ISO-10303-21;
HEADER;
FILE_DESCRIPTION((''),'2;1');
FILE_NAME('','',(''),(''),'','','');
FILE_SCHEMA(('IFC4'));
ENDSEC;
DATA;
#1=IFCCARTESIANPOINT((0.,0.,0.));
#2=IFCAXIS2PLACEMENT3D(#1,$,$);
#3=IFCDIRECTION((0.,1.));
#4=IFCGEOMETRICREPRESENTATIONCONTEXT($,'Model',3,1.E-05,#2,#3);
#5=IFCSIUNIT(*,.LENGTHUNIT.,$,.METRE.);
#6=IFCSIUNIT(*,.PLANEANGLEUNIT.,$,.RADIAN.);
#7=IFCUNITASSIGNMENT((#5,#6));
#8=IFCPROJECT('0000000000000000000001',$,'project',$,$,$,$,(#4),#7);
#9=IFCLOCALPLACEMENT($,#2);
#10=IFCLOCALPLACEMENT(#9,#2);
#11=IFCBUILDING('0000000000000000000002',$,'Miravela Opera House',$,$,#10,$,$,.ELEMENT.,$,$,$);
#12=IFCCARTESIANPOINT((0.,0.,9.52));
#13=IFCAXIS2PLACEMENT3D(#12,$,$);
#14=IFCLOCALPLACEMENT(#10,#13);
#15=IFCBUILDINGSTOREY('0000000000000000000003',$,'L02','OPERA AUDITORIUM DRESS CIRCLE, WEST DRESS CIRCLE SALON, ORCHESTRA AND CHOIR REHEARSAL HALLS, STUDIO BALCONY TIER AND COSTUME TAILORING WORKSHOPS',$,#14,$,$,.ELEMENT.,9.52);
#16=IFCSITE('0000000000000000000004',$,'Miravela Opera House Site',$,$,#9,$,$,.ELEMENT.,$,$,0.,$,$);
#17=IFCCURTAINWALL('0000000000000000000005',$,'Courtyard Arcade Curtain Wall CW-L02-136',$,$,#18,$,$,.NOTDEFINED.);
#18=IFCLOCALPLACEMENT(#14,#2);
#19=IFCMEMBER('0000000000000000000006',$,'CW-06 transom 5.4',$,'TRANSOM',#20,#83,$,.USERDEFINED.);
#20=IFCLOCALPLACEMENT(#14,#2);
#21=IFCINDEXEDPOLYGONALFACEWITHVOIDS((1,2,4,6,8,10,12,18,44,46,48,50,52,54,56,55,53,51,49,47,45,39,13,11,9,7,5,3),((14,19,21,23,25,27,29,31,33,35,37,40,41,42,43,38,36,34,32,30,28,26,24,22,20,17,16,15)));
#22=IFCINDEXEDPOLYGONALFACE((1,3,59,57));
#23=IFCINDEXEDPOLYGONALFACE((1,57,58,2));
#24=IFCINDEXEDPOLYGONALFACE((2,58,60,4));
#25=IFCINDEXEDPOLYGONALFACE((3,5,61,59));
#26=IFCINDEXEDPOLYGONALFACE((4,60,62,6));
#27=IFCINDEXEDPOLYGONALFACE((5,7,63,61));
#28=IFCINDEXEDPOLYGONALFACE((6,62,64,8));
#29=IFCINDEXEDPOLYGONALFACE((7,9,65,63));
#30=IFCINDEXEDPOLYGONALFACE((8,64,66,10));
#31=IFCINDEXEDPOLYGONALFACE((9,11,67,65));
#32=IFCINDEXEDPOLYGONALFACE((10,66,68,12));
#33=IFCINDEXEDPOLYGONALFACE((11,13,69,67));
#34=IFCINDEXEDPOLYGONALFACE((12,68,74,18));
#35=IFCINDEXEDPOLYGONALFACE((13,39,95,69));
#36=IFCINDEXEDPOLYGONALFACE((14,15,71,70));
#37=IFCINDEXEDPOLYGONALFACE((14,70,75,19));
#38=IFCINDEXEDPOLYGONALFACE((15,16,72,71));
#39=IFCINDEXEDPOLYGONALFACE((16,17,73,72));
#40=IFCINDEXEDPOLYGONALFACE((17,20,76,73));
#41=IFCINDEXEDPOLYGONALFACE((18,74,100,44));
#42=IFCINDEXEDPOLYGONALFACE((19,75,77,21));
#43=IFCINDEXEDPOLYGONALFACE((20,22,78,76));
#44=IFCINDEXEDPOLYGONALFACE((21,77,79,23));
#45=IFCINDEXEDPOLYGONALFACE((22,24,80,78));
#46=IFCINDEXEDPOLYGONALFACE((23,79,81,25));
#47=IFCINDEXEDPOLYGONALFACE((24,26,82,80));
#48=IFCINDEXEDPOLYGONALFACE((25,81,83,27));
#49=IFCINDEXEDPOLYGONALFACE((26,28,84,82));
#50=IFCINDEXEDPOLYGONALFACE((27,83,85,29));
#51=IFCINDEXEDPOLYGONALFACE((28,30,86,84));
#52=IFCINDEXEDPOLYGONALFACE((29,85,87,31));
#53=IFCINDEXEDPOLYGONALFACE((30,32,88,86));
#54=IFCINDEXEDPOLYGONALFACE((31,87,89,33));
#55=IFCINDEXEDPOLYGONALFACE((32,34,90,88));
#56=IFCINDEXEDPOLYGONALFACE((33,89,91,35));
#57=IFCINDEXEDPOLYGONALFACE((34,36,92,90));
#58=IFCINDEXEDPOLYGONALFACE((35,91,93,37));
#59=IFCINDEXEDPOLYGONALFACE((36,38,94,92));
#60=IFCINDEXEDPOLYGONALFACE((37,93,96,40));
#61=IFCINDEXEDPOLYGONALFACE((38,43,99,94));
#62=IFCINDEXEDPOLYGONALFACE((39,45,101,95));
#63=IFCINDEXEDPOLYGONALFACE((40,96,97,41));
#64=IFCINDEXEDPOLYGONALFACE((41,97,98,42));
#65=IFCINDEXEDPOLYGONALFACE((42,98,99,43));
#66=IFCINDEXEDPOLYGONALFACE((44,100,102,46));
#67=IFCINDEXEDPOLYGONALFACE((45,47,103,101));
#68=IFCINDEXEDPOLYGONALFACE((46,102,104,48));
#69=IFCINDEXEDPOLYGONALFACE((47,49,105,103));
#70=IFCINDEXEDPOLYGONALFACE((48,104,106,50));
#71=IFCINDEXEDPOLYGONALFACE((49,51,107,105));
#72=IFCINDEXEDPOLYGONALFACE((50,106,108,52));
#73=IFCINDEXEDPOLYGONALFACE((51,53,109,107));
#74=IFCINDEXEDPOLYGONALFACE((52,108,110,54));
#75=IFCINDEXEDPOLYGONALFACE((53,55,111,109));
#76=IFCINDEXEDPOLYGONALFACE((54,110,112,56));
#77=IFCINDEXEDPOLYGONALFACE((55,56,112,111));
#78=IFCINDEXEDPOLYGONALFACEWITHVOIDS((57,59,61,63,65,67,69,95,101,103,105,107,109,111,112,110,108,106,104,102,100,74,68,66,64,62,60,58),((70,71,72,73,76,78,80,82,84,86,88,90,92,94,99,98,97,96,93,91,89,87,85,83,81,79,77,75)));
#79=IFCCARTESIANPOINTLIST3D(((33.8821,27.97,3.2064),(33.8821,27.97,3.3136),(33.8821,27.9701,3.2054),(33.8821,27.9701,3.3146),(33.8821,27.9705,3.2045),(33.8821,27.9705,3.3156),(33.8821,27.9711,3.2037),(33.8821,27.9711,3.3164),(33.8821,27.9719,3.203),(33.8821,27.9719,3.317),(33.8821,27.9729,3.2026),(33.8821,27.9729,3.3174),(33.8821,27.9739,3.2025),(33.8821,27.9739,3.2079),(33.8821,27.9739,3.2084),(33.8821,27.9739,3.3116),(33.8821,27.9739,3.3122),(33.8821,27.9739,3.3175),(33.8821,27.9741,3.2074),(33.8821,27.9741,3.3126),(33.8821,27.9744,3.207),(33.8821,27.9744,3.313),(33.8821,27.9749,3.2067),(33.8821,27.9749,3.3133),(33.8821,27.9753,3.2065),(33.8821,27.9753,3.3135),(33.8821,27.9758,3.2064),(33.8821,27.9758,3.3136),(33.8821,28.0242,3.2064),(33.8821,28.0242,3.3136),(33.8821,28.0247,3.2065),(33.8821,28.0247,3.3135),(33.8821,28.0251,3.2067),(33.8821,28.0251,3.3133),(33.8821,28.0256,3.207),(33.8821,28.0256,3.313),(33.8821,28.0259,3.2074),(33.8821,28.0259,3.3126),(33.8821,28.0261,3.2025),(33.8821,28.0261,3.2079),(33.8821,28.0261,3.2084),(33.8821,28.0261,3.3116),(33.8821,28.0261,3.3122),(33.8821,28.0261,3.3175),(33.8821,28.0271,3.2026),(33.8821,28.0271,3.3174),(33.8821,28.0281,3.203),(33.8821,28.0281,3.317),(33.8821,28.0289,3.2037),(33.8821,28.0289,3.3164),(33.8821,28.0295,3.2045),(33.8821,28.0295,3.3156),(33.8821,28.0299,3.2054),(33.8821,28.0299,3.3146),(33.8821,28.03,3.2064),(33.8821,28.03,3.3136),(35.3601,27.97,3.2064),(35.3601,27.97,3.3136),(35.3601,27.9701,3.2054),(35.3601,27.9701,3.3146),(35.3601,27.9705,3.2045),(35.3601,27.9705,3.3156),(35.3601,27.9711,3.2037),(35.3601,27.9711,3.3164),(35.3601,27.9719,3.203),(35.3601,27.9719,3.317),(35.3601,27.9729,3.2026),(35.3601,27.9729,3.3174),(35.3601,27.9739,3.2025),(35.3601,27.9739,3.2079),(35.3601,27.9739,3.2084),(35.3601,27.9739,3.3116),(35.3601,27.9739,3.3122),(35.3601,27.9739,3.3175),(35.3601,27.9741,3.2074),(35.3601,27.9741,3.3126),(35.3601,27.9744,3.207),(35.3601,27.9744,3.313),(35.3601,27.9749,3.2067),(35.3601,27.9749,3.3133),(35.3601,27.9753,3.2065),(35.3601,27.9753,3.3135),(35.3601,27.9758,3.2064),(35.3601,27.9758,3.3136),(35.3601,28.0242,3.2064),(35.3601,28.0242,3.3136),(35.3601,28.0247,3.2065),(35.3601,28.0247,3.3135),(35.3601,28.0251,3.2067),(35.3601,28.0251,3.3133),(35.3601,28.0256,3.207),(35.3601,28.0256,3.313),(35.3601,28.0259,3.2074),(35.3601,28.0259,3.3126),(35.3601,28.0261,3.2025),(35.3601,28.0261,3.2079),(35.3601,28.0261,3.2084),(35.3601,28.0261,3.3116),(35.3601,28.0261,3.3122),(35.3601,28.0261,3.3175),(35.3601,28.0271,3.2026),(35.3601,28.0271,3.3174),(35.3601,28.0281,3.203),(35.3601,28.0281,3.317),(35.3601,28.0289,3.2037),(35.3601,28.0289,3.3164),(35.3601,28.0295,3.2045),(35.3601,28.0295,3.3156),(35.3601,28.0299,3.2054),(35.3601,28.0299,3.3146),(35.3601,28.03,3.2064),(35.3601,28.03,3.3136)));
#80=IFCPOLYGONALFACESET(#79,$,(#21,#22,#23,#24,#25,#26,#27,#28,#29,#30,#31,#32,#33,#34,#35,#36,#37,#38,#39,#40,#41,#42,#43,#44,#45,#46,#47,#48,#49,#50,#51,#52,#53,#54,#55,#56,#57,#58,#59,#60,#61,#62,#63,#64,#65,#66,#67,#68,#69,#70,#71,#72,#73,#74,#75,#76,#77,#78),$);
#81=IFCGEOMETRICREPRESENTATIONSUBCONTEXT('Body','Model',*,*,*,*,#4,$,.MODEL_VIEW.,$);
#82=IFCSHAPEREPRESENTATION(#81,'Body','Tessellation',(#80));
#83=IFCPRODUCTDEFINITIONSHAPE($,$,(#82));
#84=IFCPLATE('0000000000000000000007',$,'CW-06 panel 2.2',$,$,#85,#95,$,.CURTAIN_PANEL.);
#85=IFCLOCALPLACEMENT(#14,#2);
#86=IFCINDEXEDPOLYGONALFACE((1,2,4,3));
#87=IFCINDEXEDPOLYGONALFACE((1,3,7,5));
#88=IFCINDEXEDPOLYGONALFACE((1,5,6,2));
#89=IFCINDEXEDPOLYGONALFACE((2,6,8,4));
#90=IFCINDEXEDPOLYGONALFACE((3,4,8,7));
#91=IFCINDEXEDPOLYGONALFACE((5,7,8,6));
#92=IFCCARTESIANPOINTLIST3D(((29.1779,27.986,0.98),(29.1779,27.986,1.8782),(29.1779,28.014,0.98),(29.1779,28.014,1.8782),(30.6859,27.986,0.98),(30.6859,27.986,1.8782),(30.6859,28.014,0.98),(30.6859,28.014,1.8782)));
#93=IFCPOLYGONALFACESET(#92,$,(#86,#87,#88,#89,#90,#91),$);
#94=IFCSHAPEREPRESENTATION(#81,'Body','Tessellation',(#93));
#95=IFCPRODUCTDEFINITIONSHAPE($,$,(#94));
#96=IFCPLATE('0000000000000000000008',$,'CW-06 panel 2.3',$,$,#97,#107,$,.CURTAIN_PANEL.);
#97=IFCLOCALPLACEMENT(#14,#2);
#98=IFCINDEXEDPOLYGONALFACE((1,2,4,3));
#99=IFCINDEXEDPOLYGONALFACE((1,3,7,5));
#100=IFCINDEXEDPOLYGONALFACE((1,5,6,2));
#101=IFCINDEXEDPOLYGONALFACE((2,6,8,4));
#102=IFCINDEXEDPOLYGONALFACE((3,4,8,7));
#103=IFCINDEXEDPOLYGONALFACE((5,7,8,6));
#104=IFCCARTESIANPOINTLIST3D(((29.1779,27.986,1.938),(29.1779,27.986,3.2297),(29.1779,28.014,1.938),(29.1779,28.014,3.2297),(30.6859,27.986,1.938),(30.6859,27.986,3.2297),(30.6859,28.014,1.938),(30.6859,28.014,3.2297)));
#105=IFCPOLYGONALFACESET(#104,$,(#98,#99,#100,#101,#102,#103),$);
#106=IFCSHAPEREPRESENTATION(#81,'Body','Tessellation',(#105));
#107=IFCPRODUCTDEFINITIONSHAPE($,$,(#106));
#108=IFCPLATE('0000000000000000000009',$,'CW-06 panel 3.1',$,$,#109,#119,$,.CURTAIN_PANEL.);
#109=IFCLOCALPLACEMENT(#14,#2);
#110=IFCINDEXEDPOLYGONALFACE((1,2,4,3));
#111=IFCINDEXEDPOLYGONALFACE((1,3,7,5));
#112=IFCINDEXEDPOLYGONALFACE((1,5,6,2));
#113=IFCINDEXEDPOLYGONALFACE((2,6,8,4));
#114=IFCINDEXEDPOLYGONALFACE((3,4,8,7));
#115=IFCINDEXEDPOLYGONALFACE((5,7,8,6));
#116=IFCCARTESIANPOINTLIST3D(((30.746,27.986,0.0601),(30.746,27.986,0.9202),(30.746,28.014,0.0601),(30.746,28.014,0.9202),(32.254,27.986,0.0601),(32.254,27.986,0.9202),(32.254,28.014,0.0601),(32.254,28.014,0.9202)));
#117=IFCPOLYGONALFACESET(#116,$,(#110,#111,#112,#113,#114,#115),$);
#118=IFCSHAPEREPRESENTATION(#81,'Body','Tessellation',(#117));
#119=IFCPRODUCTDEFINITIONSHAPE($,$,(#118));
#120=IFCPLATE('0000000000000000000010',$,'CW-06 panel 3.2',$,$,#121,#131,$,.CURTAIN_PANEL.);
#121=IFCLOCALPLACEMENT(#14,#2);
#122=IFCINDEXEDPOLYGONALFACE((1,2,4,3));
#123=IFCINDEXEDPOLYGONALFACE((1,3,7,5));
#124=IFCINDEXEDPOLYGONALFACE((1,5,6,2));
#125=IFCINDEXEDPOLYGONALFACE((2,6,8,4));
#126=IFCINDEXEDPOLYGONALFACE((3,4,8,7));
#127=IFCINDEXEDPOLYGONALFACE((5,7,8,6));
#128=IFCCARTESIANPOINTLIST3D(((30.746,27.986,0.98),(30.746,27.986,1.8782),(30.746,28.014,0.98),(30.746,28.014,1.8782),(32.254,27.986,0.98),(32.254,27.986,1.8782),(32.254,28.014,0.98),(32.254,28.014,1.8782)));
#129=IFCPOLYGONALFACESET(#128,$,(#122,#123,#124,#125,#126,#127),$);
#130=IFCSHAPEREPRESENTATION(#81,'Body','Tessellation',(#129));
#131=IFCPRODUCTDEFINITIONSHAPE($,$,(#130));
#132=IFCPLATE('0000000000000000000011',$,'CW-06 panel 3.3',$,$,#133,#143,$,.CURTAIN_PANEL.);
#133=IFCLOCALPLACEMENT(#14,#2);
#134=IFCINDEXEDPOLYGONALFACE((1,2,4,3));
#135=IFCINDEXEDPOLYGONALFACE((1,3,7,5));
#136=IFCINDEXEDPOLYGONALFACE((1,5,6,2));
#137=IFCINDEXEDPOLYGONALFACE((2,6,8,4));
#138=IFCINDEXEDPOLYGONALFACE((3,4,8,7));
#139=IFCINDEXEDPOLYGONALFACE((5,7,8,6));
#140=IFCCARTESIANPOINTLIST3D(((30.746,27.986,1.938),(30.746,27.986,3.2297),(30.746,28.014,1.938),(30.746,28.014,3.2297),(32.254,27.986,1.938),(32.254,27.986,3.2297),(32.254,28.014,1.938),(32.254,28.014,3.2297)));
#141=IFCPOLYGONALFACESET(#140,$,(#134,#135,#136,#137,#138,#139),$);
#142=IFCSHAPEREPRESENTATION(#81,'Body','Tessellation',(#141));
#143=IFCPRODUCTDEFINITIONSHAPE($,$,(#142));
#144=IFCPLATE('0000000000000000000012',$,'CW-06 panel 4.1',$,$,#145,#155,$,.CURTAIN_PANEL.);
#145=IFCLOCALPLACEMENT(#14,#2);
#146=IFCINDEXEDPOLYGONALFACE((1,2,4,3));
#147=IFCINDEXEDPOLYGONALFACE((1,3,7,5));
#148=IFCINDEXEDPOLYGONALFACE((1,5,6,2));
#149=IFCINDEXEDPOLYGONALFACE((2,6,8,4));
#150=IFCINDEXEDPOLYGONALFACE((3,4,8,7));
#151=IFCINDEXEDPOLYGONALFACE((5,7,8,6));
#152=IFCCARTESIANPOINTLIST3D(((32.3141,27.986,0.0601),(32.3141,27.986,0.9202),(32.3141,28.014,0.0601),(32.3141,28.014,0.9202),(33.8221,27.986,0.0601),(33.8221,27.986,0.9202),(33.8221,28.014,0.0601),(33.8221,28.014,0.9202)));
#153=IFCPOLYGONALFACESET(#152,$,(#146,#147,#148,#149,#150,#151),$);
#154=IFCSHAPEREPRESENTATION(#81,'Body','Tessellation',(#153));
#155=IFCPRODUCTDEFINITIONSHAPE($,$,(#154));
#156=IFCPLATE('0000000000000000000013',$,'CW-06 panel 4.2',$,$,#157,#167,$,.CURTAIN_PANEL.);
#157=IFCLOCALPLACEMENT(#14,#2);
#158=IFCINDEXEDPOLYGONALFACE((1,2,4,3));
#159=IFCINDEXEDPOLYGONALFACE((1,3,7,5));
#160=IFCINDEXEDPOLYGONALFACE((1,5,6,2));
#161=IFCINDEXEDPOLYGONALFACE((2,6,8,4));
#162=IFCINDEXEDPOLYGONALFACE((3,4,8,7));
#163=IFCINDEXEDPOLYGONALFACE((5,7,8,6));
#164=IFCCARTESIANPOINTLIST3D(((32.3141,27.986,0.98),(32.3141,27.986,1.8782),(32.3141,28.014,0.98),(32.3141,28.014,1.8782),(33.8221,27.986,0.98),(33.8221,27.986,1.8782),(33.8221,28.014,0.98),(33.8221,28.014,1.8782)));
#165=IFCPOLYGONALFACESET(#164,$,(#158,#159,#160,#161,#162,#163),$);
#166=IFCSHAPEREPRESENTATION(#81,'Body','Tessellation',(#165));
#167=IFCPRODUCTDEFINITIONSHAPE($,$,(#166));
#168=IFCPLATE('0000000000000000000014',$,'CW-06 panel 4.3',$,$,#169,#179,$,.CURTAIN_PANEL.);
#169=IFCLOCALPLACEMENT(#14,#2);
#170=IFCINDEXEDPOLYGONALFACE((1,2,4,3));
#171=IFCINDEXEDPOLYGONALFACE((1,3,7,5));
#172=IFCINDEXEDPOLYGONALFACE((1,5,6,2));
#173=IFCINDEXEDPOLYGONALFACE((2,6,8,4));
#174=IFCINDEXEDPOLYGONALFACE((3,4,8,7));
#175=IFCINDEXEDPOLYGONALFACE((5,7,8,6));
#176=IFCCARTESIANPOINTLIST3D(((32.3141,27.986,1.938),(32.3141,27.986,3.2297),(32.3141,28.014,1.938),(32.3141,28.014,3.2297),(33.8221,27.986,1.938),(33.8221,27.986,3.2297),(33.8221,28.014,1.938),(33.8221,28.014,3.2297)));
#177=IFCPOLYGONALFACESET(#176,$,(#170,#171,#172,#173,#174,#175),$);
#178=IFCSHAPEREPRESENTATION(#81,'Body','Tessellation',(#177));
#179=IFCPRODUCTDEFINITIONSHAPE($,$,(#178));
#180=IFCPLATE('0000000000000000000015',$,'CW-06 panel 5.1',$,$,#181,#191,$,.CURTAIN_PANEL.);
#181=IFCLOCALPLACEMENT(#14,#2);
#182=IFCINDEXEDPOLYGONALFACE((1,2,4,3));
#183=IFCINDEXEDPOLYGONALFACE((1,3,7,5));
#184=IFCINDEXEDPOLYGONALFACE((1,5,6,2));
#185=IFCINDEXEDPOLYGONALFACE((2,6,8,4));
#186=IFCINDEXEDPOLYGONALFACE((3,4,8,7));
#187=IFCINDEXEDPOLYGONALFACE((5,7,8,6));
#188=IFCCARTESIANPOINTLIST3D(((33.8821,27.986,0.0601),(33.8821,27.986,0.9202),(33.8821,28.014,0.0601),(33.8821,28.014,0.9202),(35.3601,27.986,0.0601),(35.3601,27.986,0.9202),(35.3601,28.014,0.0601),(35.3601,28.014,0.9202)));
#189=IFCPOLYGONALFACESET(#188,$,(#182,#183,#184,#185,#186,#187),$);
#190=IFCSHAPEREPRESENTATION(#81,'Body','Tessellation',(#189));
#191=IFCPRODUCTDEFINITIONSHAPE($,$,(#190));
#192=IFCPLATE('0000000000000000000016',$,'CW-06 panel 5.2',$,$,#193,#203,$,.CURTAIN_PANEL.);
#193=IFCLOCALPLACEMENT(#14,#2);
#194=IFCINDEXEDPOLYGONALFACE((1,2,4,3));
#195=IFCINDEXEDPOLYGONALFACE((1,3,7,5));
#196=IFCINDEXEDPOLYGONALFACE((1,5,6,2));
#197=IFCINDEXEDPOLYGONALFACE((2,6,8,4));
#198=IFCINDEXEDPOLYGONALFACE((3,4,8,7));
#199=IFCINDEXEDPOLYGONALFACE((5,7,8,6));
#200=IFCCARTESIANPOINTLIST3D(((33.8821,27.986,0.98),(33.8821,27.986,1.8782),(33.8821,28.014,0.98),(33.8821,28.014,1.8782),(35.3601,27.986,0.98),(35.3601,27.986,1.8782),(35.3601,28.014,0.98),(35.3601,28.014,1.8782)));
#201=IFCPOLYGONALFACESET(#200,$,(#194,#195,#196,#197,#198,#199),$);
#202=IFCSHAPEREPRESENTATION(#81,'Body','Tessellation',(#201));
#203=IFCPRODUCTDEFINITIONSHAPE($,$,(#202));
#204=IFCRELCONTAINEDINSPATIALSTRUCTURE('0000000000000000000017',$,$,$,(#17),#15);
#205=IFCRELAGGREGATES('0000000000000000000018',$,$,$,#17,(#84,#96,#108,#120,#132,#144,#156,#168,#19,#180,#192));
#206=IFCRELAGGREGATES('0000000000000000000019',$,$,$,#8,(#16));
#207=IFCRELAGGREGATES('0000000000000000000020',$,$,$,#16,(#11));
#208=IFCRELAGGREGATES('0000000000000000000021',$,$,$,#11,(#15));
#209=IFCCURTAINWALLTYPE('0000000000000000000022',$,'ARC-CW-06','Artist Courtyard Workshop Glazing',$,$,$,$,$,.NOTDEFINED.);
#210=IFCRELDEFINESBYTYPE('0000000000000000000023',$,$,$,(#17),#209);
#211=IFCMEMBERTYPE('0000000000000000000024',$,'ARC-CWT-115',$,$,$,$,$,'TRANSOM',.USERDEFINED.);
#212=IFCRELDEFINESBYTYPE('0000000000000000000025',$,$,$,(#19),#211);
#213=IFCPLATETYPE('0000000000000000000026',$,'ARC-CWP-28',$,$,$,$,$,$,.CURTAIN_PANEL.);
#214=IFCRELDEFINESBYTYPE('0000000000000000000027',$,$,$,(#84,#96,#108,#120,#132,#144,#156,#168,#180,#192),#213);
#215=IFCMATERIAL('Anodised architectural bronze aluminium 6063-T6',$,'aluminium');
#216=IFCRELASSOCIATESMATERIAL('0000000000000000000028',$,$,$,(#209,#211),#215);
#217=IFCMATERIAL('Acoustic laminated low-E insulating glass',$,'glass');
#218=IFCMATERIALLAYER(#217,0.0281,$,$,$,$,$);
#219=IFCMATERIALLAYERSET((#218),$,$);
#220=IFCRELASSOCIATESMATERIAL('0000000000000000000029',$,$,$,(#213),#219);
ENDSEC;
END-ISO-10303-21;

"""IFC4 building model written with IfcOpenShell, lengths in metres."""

from ifc_helpers import new_model, si_unit, direction, frame, origin, origin_2d, place, context, subcontext, project, spatial, rectangle, hollow_rectangle, extrude, material, layer, layer_set, material_profile, profile_set, type_object, element, aggregate, save


model = new_model("IFC4")

# Units and contexts
model_context = context("Model", 3, precision=1e-05, world=origin(), true_north=direction((0.0, 1.0)))
body_context = subcontext(model_context, "Body", "Model", "MODEL_VIEW")
ifc_project = project(units=[si_unit("LENGTHUNIT", "METRE"), si_unit("PLANEANGLEUNIT", "RADIAN")], contexts=[model_context])

# Site, building, storey
site_placement = place(None, origin())
site = spatial("IfcSite", under=ifc_project, at=site_placement, Name="Miravela Opera House Site", CompositionType="ELEMENT", RefElevation=0.0)
building_placement = place(site_placement, origin())
building = spatial("IfcBuilding", under=site, at=building_placement, Name="Miravela Opera House", CompositionType="ELEMENT")
storey_placement = place(building_placement, frame((0.0, 0.0, 9.52)))
storey = spatial("IfcBuildingStorey", under=building, at=storey_placement, Name="L02", Description="OPERA AUDITORIUM DRESS CIRCLE, WEST DRESS CIRCLE SALON, ORCHESTRA AND CHOIR REHEARSAL HALLS, STUDIO BALCONY TIER AND COSTUME TAILORING WORKSHOPS", CompositionType="ELEMENT", Elevation=9.52)

# Curtain wall, member, plates
ifc_material_1 = material(Name="Anodised architectural bronze aluminium 6063-T6", Category="aluminium")
curtain_wall_type = type_object("IfcCurtainWallType", Name="ARC-CW-06", Description="Artist Courtyard Workshop Glazing", PredefinedType="NOTDEFINED", material=ifc_material_1)
curtain_wall_placement = place(storey_placement, origin())
curtain_wall = element("IfcCurtainWall", 1, at=curtain_wall_placement, inside=storey, type_object=curtain_wall_type, Name="Courtyard Arcade Curtain Wall CW-L02-136", PredefinedType="NOTDEFINED")
ifc_material_profile_1 = material_profile(ifc_material_1, hollow_rectangle(XDim=0.0601, YDim=0.115, WallThickness=0.0039, InnerFilletRadius=0.002, OuterFilletRadius=0.0039, at=origin_2d()), Name="CWT-60X115")
ifc_profile_set_1 = profile_set([ifc_material_profile_1])
member_type_1 = type_object("IfcMemberType", Name="ARC-CWT-115", ElementType="TRANSOM", PredefinedType="USERDEFINED", material=ifc_profile_set_1)
member_1_placement = place(storey_placement, frame((33.8821, 28.0, 3.26), z_axis=(1.0, 0.0, 0.0), x_axis=(0.0, 1.0, 0.0)))
member_1 = element("IfcMember", 2, at=member_1_placement, type_object=member_type_1, Name="CW-06 transom 5.4", ObjectType="TRANSOM", PredefinedType="USERDEFINED", context=body_context, shape_type="SweptSolid", body=[
    extrude(hollow_rectangle(XDim=0.0601, YDim=0.115, WallThickness=0.0039, InnerFilletRadius=0.002, OuterFilletRadius=0.0039, at=origin_2d()), origin(), (0.0, 0.0, 1.0), 1.478),
])
ifc_material_2 = material(Name="Acoustic laminated low-E insulating glass", Category="glass")
ifc_layer = layer(ifc_material_2, 0.0281)
ifc_layer_set = layer_set([ifc_layer])
plate_type = type_object("IfcPlateType", Name="ARC-CWP-28", PredefinedType="CURTAIN_PANEL", material=ifc_layer_set)
plate_1_placement = place(storey_placement, frame((29.9319, 28.0, 0.98), z_axis=(0.0, 0.0, 1.0), x_axis=(1.0, 0.0, 0.0)))
plate_1 = element("IfcPlate", 3, at=plate_1_placement, type_object=plate_type, Name="CW-06 panel 2.2", PredefinedType="CURTAIN_PANEL", context=body_context, shape_type="SweptSolid", body=[
    extrude(rectangle(XDim=1.5081, YDim=0.0281, at=origin_2d()), origin(), (0.0, 0.0, 1.0), 0.8982),
])
plate_2_placement = place(storey_placement, frame((29.9319, 28.0, 1.938), z_axis=(0.0, 0.0, 1.0), x_axis=(1.0, 0.0, 0.0)))
plate_2 = element("IfcPlate", 4, at=plate_2_placement, type_object=plate_type, Name="CW-06 panel 2.3", PredefinedType="CURTAIN_PANEL", context=body_context, shape_type="SweptSolid", body=[
    extrude(rectangle(XDim=1.5081, YDim=0.0281, at=origin_2d()), origin(), (0.0, 0.0, 1.0), 1.2917),
])
plate_3_placement = place(storey_placement, frame((31.5, 28.0, 0.0601), z_axis=(0.0, 0.0, 1.0), x_axis=(1.0, 0.0, 0.0)))
plate_3 = element("IfcPlate", 5, at=plate_3_placement, type_object=plate_type, Name="CW-06 panel 3.1", PredefinedType="CURTAIN_PANEL", context=body_context, shape_type="SweptSolid", body=[
    extrude(rectangle(XDim=1.5081, YDim=0.0281, at=origin_2d()), origin(), (0.0, 0.0, 1.0), 0.8601),
])
plate_4_placement = place(storey_placement, frame((31.5, 28.0, 0.98), z_axis=(0.0, 0.0, 1.0), x_axis=(1.0, 0.0, 0.0)))
plate_4 = element("IfcPlate", 6, at=plate_4_placement, type_object=plate_type, Name="CW-06 panel 3.2", PredefinedType="CURTAIN_PANEL", context=body_context, shape_type="SweptSolid", body=[
    extrude(rectangle(XDim=1.5081, YDim=0.0281, at=origin_2d()), origin(), (0.0, 0.0, 1.0), 0.8982),
])
plate_5_placement = place(storey_placement, frame((31.5, 28.0, 1.938), z_axis=(0.0, 0.0, 1.0), x_axis=(1.0, 0.0, 0.0)))
plate_5 = element("IfcPlate", 7, at=plate_5_placement, type_object=plate_type, Name="CW-06 panel 3.3", PredefinedType="CURTAIN_PANEL", context=body_context, shape_type="SweptSolid", body=[
    extrude(rectangle(XDim=1.5081, YDim=0.0281, at=origin_2d()), origin(), (0.0, 0.0, 1.0), 1.2917),
])
plate_6_placement = place(storey_placement, frame((33.0681, 28.0, 0.0601), z_axis=(0.0, 0.0, 1.0), x_axis=(1.0, 0.0, 0.0)))
plate_6 = element("IfcPlate", 8, at=plate_6_placement, type_object=plate_type, Name="CW-06 panel 4.1", PredefinedType="CURTAIN_PANEL", context=body_context, shape_type="SweptSolid", body=[
    extrude(rectangle(XDim=1.5081, YDim=0.0281, at=origin_2d()), origin(), (0.0, 0.0, 1.0), 0.8601),
])
plate_7_placement = place(storey_placement, frame((33.0681, 28.0, 0.98), z_axis=(0.0, 0.0, 1.0), x_axis=(1.0, 0.0, 0.0)))
plate_7 = element("IfcPlate", 9, at=plate_7_placement, type_object=plate_type, Name="CW-06 panel 4.2", PredefinedType="CURTAIN_PANEL", context=body_context, shape_type="SweptSolid", body=[
    extrude(rectangle(XDim=1.5081, YDim=0.0281, at=origin_2d()), origin(), (0.0, 0.0, 1.0), 0.8982),
])
plate_8_placement = place(storey_placement, frame((33.0681, 28.0, 1.938), z_axis=(0.0, 0.0, 1.0), x_axis=(1.0, 0.0, 0.0)))
plate_8 = element("IfcPlate", 10, at=plate_8_placement, type_object=plate_type, Name="CW-06 panel 4.3", PredefinedType="CURTAIN_PANEL", context=body_context, shape_type="SweptSolid", body=[
    extrude(rectangle(XDim=1.5081, YDim=0.0281, at=origin_2d()), origin(), (0.0, 0.0, 1.0), 1.2917),
])
plate_9_placement = place(storey_placement, frame((34.6211, 28.0, 0.0601), z_axis=(0.0, 0.0, 1.0), x_axis=(1.0, 0.0, 0.0)))
plate_9 = element("IfcPlate", 11, at=plate_9_placement, type_object=plate_type, Name="CW-06 panel 5.1", PredefinedType="CURTAIN_PANEL", context=body_context, shape_type="SweptSolid", body=[
    extrude(rectangle(XDim=1.478, YDim=0.0281, at=origin_2d()), origin(), (0.0, 0.0, 1.0), 0.8601),
])
plate_10_placement = place(storey_placement, frame((34.6211, 28.0, 0.98), z_axis=(0.0, 0.0, 1.0), x_axis=(1.0, 0.0, 0.0)))
plate_10 = element("IfcPlate", 12, at=plate_10_placement, type_object=plate_type, Name="CW-06 panel 5.2", PredefinedType="CURTAIN_PANEL", context=body_context, shape_type="SweptSolid", body=[
    extrude(rectangle(XDim=1.478, YDim=0.0281, at=origin_2d()), origin(), (0.0, 0.0, 1.0), 0.8982),
])
aggregate(curtain_wall, [plate_1, plate_2, plate_3, plate_4, plate_5, plate_6, plate_7, plate_8, member_1, plate_9, plate_10])

save(model, "model.ifc")
